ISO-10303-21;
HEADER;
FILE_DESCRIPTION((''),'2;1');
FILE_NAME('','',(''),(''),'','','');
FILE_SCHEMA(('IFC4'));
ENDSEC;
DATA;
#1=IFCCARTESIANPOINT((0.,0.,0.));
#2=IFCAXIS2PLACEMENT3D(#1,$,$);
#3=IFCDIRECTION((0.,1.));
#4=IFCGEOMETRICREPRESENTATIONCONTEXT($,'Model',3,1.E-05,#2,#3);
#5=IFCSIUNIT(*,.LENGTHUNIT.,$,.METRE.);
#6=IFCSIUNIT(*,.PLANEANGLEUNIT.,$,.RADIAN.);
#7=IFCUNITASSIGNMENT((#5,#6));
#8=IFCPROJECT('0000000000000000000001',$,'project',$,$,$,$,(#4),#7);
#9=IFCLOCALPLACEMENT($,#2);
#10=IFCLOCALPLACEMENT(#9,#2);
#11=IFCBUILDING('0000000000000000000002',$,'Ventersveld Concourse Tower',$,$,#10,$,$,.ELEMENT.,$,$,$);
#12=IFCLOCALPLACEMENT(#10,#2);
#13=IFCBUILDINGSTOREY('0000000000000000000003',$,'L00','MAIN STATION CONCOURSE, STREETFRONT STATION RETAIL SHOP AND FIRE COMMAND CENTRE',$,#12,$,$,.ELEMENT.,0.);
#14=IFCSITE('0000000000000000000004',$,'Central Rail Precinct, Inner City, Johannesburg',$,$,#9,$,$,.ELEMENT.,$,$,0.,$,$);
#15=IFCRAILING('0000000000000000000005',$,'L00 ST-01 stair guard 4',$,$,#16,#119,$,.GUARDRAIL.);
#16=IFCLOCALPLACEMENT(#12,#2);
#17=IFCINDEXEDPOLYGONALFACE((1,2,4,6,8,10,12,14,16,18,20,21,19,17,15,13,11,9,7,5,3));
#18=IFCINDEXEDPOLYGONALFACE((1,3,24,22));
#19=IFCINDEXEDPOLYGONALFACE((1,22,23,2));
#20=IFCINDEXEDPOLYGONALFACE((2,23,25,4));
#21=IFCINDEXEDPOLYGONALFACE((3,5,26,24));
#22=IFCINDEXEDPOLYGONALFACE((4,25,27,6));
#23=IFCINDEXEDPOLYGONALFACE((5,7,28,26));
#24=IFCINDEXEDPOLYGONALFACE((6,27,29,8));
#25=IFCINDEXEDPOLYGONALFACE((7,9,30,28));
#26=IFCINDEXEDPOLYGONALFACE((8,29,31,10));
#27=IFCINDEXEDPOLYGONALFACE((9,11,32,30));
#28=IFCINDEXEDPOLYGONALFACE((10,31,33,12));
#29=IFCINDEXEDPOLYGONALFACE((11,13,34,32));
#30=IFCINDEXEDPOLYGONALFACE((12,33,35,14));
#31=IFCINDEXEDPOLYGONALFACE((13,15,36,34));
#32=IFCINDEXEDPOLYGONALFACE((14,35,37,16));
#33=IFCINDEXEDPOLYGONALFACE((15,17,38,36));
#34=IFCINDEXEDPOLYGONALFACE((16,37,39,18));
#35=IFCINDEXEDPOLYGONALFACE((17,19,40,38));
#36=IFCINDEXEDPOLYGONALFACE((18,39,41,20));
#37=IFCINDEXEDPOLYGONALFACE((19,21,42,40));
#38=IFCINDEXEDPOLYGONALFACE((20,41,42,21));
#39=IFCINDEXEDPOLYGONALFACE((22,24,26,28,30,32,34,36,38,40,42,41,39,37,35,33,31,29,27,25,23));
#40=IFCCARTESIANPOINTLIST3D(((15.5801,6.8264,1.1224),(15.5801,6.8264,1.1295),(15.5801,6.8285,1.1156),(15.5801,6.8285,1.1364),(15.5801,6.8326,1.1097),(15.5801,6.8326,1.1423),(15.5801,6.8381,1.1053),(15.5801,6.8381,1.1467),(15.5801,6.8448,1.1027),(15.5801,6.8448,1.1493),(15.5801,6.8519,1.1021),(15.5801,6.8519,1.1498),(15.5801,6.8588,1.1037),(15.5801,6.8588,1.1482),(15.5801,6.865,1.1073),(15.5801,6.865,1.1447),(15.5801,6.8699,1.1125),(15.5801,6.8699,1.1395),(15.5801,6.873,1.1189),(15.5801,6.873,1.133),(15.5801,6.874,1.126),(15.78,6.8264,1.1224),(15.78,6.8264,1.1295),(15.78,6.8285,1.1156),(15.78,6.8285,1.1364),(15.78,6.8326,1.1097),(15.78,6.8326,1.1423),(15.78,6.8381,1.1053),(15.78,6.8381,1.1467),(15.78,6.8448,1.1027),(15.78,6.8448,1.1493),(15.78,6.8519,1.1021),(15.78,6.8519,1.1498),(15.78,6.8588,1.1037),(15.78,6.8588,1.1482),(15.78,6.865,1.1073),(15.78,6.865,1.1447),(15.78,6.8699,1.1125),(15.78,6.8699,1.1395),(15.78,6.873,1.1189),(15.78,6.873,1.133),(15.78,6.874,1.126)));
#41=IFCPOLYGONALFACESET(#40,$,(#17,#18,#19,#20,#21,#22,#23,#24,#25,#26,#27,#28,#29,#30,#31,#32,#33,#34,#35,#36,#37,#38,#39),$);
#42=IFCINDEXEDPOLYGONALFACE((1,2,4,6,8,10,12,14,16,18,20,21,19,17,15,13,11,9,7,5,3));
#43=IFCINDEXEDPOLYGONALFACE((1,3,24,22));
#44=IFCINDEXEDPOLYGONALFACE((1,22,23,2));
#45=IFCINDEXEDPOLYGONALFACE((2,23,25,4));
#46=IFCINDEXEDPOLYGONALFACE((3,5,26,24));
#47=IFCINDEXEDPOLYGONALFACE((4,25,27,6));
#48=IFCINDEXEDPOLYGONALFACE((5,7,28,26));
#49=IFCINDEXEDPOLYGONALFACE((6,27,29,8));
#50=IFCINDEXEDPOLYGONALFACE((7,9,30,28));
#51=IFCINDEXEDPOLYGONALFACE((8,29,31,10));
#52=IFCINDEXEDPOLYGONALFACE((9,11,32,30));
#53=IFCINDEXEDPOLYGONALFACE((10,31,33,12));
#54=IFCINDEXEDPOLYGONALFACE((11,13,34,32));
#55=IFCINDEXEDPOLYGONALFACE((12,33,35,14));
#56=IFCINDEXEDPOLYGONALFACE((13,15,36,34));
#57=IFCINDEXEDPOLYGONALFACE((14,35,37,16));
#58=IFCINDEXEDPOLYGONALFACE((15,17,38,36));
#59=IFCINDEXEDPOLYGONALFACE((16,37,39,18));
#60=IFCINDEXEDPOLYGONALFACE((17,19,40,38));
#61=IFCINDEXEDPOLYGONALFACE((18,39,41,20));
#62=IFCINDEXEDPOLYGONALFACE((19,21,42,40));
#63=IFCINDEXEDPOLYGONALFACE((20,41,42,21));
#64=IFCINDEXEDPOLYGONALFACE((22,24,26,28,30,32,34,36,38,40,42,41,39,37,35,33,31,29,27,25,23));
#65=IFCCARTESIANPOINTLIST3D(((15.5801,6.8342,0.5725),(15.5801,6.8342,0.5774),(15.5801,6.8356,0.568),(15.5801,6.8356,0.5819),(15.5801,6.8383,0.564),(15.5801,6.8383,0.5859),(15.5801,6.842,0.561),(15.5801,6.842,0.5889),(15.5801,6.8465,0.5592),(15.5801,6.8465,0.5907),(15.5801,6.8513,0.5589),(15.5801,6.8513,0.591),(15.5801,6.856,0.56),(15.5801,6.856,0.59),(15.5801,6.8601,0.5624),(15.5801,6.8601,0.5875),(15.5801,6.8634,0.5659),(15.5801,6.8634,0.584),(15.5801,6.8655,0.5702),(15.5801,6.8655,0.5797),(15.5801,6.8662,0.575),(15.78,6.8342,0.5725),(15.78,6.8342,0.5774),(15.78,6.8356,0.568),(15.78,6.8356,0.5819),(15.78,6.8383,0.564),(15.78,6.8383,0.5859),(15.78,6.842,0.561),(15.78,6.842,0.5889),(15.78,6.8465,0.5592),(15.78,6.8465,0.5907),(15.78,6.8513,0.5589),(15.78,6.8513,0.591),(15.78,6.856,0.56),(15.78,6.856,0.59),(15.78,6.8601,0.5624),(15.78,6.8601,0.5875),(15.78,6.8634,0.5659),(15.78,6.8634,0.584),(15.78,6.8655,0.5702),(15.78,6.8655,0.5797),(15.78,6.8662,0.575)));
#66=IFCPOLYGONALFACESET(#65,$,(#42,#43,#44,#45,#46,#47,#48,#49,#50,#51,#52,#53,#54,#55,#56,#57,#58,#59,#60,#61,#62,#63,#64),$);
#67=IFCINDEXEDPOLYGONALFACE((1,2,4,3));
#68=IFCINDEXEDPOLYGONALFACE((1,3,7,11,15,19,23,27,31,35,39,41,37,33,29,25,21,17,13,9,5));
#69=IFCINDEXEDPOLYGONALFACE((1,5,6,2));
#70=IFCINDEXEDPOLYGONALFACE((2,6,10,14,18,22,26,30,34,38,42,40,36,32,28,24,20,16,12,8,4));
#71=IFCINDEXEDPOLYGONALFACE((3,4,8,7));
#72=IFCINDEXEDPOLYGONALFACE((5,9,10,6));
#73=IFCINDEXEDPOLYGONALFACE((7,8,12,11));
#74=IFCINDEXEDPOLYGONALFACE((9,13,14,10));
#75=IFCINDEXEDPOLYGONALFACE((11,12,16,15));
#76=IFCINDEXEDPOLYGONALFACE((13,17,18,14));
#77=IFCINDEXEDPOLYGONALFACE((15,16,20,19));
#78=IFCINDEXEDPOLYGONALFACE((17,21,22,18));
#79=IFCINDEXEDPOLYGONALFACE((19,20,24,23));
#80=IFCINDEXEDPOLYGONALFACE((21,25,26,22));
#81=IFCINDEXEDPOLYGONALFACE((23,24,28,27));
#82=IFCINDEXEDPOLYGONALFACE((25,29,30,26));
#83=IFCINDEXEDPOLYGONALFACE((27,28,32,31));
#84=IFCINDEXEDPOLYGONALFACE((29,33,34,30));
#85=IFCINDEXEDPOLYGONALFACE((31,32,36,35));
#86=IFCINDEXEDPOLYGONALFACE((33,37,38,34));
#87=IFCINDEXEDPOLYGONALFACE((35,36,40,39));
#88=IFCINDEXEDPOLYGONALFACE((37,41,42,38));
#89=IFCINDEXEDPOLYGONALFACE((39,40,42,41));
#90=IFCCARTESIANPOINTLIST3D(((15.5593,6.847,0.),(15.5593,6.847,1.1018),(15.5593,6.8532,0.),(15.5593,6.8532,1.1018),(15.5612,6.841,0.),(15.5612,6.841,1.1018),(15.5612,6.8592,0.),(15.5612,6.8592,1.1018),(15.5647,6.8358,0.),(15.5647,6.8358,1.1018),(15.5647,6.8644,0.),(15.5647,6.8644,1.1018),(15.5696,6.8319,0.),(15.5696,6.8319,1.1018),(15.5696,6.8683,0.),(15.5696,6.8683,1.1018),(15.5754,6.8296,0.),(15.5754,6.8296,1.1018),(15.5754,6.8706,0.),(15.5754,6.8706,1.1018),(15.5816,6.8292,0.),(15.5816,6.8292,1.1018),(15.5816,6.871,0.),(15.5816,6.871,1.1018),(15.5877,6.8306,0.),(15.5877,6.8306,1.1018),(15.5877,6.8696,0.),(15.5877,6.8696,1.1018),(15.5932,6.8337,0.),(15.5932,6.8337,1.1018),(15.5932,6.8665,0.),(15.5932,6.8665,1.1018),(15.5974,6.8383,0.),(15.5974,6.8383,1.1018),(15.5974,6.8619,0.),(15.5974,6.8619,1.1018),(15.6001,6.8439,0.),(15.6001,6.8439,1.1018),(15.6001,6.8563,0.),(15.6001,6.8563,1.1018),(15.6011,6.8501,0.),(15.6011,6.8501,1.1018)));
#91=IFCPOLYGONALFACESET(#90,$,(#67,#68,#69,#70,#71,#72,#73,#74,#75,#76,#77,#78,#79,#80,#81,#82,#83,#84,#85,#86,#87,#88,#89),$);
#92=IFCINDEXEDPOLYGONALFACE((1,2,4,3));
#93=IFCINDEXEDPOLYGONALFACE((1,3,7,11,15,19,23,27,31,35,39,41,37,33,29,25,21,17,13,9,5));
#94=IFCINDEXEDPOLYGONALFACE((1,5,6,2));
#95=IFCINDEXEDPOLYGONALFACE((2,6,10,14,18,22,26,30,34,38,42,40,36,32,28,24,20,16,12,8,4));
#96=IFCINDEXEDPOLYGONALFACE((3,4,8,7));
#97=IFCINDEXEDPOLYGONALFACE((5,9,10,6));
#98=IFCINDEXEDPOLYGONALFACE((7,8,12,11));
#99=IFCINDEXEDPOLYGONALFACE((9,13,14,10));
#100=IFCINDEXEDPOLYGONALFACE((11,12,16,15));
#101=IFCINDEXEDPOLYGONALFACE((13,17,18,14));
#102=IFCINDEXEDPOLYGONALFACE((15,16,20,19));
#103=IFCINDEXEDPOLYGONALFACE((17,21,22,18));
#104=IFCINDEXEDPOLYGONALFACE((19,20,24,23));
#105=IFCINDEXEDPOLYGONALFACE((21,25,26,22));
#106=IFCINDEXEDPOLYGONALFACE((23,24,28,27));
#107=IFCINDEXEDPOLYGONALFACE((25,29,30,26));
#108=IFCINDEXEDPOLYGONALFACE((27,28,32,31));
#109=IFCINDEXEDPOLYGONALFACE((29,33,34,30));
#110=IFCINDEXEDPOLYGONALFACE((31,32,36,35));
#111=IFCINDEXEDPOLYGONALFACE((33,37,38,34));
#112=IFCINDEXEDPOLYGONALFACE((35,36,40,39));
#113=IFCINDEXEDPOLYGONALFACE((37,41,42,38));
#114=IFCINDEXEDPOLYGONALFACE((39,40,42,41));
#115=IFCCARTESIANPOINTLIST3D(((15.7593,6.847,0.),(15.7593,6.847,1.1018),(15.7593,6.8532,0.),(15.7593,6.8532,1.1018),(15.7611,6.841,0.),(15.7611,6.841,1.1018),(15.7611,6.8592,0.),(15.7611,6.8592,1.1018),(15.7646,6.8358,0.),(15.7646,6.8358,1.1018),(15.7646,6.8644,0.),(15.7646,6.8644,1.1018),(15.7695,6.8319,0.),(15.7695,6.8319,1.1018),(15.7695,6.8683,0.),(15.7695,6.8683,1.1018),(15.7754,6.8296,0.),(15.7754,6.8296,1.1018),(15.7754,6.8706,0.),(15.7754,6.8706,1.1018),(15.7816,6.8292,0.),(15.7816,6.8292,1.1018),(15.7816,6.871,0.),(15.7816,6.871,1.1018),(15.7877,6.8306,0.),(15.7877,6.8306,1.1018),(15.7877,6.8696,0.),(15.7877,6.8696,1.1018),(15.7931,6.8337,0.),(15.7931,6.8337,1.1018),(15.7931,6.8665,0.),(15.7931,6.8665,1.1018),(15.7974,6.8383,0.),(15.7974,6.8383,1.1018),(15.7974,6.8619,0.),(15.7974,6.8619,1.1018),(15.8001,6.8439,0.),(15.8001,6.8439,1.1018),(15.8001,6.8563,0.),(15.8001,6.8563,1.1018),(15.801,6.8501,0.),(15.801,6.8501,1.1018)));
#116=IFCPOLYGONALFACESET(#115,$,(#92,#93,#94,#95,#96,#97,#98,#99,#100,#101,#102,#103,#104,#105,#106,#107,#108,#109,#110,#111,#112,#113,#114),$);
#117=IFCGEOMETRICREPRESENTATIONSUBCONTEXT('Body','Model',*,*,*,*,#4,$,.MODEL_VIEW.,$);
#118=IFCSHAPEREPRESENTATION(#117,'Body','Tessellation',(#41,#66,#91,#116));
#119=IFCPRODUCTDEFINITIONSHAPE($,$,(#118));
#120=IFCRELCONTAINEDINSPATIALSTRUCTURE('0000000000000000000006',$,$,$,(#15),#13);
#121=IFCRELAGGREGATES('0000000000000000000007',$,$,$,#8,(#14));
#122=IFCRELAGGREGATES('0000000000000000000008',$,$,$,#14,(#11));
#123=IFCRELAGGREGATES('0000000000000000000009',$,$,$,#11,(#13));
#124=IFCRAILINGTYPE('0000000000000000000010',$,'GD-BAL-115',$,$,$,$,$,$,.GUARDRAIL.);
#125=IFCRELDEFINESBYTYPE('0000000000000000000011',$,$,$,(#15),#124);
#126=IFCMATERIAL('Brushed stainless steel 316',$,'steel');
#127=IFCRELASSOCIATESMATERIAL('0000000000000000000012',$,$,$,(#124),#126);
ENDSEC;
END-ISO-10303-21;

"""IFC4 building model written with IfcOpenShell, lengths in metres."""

from ifc_helpers import new_model, si_unit, direction, frame, origin, origin_2d, place, context, subcontext, project, spatial, circle, extrude, material, type_object, element, save


model = new_model("IFC4")

# Units and contexts
model_context = context("Model", 3, precision=1e-05, world=origin(), true_north=direction((0.0, 1.0)))
body_context = subcontext(model_context, "Body", "Model", "MODEL_VIEW")
ifc_project = project(units=[si_unit("LENGTHUNIT", "METRE"), si_unit("PLANEANGLEUNIT", "RADIAN")], contexts=[model_context])

# Site, building, storey
site_placement = place(None, origin())
site = spatial("IfcSite", under=ifc_project, at=site_placement, Name="Central Rail Precinct, Inner City, Johannesburg", CompositionType="ELEMENT", RefElevation=0.0)
building_placement = place(site_placement, origin())
building = spatial("IfcBuilding", under=site, at=building_placement, Name="Ventersveld Concourse Tower", CompositionType="ELEMENT")
storey_placement = place(building_placement, origin())
storey = spatial("IfcBuildingStorey", under=building, at=storey_placement, Name="L00", Description="MAIN STATION CONCOURSE, STREETFRONT STATION RETAIL SHOP AND FIRE COMMAND CENTRE", CompositionType="ELEMENT", Elevation=0.0)

# Shared definitions
ifc_material_1 = material(Name="Brushed stainless steel 316", Category="steel")

# Railing
railing_type_1 = type_object("IfcRailingType", Name="GD-BAL-115", PredefinedType="GUARDRAIL", material=ifc_material_1)
railing_1_placement = place(storey_placement, frame((15.5801, 6.8501, 0.0)))
element("IfcRailing", 1, at=railing_1_placement, inside=storey, type_object=railing_type_1, Name="L00 ST-01 stair guard 4", PredefinedType="GUARDRAIL", context=body_context, shape_type="SweptSolid", body=[
    extrude(circle(Radius=0.0239, at=origin_2d()), frame((0.0, 0.0, 1.126), z_axis=(1.0, 0.0, 0.0), x_axis=(0.0, 1.0, 0.0)), (0.0, 0.0, 1.0), 0.2),
    extrude(circle(Radius=0.0161, at=origin_2d()), frame((0.0, 0.0, 0.575), z_axis=(1.0, 0.0, 0.0), x_axis=(0.0, 1.0, 0.0)), (0.0, 0.0, 1.0), 0.2),
    extrude(circle(Radius=0.021, at=origin_2d()), origin(), (0.0, 0.0, 1.0), 1.1018),
    extrude(circle(Radius=0.021, at=origin_2d()), frame((0.2, 0.0, 0.0)), (0.0, 0.0, 1.0), 1.1018),
])

save(model, "model.ifc")
